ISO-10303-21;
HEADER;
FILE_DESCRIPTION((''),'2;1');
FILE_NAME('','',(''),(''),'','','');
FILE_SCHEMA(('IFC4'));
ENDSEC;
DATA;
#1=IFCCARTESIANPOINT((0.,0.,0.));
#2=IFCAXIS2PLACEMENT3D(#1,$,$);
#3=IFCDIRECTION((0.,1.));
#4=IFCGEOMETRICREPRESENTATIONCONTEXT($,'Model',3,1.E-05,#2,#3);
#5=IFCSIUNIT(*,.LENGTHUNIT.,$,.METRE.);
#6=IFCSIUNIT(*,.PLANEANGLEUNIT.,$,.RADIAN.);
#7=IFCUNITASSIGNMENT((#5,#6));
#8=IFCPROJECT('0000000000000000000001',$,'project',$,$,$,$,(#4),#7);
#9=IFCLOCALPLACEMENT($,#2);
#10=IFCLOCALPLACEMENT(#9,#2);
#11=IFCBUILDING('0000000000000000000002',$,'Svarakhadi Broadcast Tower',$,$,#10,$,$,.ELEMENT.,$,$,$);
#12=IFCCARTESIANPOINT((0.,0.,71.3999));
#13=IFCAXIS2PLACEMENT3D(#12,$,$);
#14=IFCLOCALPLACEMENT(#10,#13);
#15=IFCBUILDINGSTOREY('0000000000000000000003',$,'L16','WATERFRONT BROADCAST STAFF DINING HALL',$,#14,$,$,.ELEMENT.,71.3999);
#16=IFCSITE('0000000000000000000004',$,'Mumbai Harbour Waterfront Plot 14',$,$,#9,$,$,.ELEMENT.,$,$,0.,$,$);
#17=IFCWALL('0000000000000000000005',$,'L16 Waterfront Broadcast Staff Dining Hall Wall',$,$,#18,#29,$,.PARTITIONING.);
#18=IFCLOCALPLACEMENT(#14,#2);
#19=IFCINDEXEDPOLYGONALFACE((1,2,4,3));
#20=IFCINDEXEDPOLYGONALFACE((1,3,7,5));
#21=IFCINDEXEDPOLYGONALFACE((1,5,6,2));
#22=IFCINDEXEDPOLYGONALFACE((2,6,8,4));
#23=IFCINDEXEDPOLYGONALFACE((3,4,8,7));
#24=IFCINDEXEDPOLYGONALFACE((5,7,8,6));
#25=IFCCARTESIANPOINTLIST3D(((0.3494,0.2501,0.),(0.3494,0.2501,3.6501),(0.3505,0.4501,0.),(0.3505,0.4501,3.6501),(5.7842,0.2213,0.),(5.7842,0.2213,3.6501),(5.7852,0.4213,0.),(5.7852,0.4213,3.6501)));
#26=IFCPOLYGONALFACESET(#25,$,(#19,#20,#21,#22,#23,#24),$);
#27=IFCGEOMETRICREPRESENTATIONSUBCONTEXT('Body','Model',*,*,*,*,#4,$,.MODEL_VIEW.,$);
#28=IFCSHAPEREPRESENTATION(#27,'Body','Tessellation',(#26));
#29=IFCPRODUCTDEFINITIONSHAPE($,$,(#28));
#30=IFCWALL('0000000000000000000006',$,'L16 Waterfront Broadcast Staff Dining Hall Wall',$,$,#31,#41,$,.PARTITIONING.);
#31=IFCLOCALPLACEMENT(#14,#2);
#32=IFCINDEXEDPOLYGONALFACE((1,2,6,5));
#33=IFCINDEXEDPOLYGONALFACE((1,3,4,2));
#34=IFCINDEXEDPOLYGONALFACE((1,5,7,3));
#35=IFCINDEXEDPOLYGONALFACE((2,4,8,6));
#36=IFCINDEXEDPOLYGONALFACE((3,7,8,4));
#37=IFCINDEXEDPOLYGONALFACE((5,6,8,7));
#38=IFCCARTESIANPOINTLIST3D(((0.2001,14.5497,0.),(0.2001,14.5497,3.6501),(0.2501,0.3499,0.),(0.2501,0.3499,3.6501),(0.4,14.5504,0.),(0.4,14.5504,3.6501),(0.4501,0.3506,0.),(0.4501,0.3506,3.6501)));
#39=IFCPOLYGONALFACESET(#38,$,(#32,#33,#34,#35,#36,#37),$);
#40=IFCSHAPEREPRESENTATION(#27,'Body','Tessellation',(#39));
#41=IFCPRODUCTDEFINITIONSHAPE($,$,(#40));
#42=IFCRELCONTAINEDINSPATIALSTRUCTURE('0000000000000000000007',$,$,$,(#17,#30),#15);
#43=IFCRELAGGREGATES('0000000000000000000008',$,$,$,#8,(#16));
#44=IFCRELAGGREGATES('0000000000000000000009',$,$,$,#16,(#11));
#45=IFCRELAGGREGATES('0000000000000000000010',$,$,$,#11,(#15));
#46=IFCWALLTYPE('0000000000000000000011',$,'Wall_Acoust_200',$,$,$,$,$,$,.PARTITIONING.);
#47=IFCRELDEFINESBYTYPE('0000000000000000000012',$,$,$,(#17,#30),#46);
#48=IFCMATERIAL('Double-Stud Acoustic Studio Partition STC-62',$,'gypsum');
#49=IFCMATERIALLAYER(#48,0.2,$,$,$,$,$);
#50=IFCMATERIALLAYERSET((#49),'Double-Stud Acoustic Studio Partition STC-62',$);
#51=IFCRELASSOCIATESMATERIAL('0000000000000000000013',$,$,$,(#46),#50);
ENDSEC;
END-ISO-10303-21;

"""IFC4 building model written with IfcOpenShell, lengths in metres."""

from ifc_helpers import new_model, si_unit, direction, frame, frame_2d, origin, place, context, subcontext, project, spatial, rectangle, extrude, material, layer, layer_set, type_object, element, save


model = new_model("IFC4")

# Units and contexts
model_context = context("Model", 3, precision=1e-05, world=origin(), true_north=direction((0.0, 1.0)))
body_context = subcontext(model_context, "Body", "Model", "MODEL_VIEW")
ifc_project = project(units=[si_unit("LENGTHUNIT", "METRE"), si_unit("PLANEANGLEUNIT", "RADIAN")], contexts=[model_context])

# Site, building, storey
site_placement = place(None, origin())
site = spatial("IfcSite", under=ifc_project, at=site_placement, Name="Mumbai Harbour Waterfront Plot 14", CompositionType="ELEMENT", RefElevation=0.0)
building_placement = place(site_placement, origin())
building = spatial("IfcBuilding", under=site, at=building_placement, Name="Svarakhadi Broadcast Tower", CompositionType="ELEMENT")
storey_placement = place(building_placement, frame((0.0, 0.0, 71.3999)))
storey = spatial("IfcBuildingStorey", under=building, at=storey_placement, Name="L16", Description="WATERFRONT BROADCAST STAFF DINING HALL", CompositionType="ELEMENT", Elevation=71.3999)

# Walls
ifc_material_1 = material(Name="Double-Stud Acoustic Studio Partition STC-62", Category="gypsum")
ifc_layer_1 = layer(ifc_material_1, 0.2)
ifc_layer_set_1 = layer_set([ifc_layer_1], Name="Double-Stud Acoustic Studio Partition STC-62")
wall_type = type_object("IfcWallType", Name="Wall_Acoust_200", PredefinedType="PARTITIONING", material=ifc_layer_set_1)
wall_1_placement = place(storey_placement, frame((0.3501, 0.3501, 0.0), z_axis=(0.0, 0.0, 1.0), x_axis=(0.999986, -0.005301, 0.0)))
element("IfcWall", 1, at=wall_1_placement, inside=storey, type_object=wall_type, Name="L16 Waterfront Broadcast Staff Dining Hall Wall", PredefinedType="PARTITIONING", context=body_context, shape_type="SweptSolid", body=[
    extrude(rectangle(XDim=5.4348, YDim=0.2, at=frame_2d((2.7173, 0.0))), origin(), (0.0, 0.0, 1.0), 3.6501),
])
wall_2_placement = place(storey_placement, frame((0.3501, 0.3501, 0.0), z_axis=(0.0, 0.0, 1.0), x_axis=(-0.003525, 0.999994, 0.0)))
element("IfcWall", 2, at=wall_2_placement, inside=storey, type_object=wall_type, Name="L16 Waterfront Broadcast Staff Dining Hall Wall", PredefinedType="PARTITIONING", context=body_context, shape_type="SweptSolid", body=[
    extrude(rectangle(XDim=14.2, YDim=0.2, at=frame_2d((7.1001, 0.0))), origin(), (0.0, 0.0, 1.0), 3.6501),
])

save(model, "model.ifc")
